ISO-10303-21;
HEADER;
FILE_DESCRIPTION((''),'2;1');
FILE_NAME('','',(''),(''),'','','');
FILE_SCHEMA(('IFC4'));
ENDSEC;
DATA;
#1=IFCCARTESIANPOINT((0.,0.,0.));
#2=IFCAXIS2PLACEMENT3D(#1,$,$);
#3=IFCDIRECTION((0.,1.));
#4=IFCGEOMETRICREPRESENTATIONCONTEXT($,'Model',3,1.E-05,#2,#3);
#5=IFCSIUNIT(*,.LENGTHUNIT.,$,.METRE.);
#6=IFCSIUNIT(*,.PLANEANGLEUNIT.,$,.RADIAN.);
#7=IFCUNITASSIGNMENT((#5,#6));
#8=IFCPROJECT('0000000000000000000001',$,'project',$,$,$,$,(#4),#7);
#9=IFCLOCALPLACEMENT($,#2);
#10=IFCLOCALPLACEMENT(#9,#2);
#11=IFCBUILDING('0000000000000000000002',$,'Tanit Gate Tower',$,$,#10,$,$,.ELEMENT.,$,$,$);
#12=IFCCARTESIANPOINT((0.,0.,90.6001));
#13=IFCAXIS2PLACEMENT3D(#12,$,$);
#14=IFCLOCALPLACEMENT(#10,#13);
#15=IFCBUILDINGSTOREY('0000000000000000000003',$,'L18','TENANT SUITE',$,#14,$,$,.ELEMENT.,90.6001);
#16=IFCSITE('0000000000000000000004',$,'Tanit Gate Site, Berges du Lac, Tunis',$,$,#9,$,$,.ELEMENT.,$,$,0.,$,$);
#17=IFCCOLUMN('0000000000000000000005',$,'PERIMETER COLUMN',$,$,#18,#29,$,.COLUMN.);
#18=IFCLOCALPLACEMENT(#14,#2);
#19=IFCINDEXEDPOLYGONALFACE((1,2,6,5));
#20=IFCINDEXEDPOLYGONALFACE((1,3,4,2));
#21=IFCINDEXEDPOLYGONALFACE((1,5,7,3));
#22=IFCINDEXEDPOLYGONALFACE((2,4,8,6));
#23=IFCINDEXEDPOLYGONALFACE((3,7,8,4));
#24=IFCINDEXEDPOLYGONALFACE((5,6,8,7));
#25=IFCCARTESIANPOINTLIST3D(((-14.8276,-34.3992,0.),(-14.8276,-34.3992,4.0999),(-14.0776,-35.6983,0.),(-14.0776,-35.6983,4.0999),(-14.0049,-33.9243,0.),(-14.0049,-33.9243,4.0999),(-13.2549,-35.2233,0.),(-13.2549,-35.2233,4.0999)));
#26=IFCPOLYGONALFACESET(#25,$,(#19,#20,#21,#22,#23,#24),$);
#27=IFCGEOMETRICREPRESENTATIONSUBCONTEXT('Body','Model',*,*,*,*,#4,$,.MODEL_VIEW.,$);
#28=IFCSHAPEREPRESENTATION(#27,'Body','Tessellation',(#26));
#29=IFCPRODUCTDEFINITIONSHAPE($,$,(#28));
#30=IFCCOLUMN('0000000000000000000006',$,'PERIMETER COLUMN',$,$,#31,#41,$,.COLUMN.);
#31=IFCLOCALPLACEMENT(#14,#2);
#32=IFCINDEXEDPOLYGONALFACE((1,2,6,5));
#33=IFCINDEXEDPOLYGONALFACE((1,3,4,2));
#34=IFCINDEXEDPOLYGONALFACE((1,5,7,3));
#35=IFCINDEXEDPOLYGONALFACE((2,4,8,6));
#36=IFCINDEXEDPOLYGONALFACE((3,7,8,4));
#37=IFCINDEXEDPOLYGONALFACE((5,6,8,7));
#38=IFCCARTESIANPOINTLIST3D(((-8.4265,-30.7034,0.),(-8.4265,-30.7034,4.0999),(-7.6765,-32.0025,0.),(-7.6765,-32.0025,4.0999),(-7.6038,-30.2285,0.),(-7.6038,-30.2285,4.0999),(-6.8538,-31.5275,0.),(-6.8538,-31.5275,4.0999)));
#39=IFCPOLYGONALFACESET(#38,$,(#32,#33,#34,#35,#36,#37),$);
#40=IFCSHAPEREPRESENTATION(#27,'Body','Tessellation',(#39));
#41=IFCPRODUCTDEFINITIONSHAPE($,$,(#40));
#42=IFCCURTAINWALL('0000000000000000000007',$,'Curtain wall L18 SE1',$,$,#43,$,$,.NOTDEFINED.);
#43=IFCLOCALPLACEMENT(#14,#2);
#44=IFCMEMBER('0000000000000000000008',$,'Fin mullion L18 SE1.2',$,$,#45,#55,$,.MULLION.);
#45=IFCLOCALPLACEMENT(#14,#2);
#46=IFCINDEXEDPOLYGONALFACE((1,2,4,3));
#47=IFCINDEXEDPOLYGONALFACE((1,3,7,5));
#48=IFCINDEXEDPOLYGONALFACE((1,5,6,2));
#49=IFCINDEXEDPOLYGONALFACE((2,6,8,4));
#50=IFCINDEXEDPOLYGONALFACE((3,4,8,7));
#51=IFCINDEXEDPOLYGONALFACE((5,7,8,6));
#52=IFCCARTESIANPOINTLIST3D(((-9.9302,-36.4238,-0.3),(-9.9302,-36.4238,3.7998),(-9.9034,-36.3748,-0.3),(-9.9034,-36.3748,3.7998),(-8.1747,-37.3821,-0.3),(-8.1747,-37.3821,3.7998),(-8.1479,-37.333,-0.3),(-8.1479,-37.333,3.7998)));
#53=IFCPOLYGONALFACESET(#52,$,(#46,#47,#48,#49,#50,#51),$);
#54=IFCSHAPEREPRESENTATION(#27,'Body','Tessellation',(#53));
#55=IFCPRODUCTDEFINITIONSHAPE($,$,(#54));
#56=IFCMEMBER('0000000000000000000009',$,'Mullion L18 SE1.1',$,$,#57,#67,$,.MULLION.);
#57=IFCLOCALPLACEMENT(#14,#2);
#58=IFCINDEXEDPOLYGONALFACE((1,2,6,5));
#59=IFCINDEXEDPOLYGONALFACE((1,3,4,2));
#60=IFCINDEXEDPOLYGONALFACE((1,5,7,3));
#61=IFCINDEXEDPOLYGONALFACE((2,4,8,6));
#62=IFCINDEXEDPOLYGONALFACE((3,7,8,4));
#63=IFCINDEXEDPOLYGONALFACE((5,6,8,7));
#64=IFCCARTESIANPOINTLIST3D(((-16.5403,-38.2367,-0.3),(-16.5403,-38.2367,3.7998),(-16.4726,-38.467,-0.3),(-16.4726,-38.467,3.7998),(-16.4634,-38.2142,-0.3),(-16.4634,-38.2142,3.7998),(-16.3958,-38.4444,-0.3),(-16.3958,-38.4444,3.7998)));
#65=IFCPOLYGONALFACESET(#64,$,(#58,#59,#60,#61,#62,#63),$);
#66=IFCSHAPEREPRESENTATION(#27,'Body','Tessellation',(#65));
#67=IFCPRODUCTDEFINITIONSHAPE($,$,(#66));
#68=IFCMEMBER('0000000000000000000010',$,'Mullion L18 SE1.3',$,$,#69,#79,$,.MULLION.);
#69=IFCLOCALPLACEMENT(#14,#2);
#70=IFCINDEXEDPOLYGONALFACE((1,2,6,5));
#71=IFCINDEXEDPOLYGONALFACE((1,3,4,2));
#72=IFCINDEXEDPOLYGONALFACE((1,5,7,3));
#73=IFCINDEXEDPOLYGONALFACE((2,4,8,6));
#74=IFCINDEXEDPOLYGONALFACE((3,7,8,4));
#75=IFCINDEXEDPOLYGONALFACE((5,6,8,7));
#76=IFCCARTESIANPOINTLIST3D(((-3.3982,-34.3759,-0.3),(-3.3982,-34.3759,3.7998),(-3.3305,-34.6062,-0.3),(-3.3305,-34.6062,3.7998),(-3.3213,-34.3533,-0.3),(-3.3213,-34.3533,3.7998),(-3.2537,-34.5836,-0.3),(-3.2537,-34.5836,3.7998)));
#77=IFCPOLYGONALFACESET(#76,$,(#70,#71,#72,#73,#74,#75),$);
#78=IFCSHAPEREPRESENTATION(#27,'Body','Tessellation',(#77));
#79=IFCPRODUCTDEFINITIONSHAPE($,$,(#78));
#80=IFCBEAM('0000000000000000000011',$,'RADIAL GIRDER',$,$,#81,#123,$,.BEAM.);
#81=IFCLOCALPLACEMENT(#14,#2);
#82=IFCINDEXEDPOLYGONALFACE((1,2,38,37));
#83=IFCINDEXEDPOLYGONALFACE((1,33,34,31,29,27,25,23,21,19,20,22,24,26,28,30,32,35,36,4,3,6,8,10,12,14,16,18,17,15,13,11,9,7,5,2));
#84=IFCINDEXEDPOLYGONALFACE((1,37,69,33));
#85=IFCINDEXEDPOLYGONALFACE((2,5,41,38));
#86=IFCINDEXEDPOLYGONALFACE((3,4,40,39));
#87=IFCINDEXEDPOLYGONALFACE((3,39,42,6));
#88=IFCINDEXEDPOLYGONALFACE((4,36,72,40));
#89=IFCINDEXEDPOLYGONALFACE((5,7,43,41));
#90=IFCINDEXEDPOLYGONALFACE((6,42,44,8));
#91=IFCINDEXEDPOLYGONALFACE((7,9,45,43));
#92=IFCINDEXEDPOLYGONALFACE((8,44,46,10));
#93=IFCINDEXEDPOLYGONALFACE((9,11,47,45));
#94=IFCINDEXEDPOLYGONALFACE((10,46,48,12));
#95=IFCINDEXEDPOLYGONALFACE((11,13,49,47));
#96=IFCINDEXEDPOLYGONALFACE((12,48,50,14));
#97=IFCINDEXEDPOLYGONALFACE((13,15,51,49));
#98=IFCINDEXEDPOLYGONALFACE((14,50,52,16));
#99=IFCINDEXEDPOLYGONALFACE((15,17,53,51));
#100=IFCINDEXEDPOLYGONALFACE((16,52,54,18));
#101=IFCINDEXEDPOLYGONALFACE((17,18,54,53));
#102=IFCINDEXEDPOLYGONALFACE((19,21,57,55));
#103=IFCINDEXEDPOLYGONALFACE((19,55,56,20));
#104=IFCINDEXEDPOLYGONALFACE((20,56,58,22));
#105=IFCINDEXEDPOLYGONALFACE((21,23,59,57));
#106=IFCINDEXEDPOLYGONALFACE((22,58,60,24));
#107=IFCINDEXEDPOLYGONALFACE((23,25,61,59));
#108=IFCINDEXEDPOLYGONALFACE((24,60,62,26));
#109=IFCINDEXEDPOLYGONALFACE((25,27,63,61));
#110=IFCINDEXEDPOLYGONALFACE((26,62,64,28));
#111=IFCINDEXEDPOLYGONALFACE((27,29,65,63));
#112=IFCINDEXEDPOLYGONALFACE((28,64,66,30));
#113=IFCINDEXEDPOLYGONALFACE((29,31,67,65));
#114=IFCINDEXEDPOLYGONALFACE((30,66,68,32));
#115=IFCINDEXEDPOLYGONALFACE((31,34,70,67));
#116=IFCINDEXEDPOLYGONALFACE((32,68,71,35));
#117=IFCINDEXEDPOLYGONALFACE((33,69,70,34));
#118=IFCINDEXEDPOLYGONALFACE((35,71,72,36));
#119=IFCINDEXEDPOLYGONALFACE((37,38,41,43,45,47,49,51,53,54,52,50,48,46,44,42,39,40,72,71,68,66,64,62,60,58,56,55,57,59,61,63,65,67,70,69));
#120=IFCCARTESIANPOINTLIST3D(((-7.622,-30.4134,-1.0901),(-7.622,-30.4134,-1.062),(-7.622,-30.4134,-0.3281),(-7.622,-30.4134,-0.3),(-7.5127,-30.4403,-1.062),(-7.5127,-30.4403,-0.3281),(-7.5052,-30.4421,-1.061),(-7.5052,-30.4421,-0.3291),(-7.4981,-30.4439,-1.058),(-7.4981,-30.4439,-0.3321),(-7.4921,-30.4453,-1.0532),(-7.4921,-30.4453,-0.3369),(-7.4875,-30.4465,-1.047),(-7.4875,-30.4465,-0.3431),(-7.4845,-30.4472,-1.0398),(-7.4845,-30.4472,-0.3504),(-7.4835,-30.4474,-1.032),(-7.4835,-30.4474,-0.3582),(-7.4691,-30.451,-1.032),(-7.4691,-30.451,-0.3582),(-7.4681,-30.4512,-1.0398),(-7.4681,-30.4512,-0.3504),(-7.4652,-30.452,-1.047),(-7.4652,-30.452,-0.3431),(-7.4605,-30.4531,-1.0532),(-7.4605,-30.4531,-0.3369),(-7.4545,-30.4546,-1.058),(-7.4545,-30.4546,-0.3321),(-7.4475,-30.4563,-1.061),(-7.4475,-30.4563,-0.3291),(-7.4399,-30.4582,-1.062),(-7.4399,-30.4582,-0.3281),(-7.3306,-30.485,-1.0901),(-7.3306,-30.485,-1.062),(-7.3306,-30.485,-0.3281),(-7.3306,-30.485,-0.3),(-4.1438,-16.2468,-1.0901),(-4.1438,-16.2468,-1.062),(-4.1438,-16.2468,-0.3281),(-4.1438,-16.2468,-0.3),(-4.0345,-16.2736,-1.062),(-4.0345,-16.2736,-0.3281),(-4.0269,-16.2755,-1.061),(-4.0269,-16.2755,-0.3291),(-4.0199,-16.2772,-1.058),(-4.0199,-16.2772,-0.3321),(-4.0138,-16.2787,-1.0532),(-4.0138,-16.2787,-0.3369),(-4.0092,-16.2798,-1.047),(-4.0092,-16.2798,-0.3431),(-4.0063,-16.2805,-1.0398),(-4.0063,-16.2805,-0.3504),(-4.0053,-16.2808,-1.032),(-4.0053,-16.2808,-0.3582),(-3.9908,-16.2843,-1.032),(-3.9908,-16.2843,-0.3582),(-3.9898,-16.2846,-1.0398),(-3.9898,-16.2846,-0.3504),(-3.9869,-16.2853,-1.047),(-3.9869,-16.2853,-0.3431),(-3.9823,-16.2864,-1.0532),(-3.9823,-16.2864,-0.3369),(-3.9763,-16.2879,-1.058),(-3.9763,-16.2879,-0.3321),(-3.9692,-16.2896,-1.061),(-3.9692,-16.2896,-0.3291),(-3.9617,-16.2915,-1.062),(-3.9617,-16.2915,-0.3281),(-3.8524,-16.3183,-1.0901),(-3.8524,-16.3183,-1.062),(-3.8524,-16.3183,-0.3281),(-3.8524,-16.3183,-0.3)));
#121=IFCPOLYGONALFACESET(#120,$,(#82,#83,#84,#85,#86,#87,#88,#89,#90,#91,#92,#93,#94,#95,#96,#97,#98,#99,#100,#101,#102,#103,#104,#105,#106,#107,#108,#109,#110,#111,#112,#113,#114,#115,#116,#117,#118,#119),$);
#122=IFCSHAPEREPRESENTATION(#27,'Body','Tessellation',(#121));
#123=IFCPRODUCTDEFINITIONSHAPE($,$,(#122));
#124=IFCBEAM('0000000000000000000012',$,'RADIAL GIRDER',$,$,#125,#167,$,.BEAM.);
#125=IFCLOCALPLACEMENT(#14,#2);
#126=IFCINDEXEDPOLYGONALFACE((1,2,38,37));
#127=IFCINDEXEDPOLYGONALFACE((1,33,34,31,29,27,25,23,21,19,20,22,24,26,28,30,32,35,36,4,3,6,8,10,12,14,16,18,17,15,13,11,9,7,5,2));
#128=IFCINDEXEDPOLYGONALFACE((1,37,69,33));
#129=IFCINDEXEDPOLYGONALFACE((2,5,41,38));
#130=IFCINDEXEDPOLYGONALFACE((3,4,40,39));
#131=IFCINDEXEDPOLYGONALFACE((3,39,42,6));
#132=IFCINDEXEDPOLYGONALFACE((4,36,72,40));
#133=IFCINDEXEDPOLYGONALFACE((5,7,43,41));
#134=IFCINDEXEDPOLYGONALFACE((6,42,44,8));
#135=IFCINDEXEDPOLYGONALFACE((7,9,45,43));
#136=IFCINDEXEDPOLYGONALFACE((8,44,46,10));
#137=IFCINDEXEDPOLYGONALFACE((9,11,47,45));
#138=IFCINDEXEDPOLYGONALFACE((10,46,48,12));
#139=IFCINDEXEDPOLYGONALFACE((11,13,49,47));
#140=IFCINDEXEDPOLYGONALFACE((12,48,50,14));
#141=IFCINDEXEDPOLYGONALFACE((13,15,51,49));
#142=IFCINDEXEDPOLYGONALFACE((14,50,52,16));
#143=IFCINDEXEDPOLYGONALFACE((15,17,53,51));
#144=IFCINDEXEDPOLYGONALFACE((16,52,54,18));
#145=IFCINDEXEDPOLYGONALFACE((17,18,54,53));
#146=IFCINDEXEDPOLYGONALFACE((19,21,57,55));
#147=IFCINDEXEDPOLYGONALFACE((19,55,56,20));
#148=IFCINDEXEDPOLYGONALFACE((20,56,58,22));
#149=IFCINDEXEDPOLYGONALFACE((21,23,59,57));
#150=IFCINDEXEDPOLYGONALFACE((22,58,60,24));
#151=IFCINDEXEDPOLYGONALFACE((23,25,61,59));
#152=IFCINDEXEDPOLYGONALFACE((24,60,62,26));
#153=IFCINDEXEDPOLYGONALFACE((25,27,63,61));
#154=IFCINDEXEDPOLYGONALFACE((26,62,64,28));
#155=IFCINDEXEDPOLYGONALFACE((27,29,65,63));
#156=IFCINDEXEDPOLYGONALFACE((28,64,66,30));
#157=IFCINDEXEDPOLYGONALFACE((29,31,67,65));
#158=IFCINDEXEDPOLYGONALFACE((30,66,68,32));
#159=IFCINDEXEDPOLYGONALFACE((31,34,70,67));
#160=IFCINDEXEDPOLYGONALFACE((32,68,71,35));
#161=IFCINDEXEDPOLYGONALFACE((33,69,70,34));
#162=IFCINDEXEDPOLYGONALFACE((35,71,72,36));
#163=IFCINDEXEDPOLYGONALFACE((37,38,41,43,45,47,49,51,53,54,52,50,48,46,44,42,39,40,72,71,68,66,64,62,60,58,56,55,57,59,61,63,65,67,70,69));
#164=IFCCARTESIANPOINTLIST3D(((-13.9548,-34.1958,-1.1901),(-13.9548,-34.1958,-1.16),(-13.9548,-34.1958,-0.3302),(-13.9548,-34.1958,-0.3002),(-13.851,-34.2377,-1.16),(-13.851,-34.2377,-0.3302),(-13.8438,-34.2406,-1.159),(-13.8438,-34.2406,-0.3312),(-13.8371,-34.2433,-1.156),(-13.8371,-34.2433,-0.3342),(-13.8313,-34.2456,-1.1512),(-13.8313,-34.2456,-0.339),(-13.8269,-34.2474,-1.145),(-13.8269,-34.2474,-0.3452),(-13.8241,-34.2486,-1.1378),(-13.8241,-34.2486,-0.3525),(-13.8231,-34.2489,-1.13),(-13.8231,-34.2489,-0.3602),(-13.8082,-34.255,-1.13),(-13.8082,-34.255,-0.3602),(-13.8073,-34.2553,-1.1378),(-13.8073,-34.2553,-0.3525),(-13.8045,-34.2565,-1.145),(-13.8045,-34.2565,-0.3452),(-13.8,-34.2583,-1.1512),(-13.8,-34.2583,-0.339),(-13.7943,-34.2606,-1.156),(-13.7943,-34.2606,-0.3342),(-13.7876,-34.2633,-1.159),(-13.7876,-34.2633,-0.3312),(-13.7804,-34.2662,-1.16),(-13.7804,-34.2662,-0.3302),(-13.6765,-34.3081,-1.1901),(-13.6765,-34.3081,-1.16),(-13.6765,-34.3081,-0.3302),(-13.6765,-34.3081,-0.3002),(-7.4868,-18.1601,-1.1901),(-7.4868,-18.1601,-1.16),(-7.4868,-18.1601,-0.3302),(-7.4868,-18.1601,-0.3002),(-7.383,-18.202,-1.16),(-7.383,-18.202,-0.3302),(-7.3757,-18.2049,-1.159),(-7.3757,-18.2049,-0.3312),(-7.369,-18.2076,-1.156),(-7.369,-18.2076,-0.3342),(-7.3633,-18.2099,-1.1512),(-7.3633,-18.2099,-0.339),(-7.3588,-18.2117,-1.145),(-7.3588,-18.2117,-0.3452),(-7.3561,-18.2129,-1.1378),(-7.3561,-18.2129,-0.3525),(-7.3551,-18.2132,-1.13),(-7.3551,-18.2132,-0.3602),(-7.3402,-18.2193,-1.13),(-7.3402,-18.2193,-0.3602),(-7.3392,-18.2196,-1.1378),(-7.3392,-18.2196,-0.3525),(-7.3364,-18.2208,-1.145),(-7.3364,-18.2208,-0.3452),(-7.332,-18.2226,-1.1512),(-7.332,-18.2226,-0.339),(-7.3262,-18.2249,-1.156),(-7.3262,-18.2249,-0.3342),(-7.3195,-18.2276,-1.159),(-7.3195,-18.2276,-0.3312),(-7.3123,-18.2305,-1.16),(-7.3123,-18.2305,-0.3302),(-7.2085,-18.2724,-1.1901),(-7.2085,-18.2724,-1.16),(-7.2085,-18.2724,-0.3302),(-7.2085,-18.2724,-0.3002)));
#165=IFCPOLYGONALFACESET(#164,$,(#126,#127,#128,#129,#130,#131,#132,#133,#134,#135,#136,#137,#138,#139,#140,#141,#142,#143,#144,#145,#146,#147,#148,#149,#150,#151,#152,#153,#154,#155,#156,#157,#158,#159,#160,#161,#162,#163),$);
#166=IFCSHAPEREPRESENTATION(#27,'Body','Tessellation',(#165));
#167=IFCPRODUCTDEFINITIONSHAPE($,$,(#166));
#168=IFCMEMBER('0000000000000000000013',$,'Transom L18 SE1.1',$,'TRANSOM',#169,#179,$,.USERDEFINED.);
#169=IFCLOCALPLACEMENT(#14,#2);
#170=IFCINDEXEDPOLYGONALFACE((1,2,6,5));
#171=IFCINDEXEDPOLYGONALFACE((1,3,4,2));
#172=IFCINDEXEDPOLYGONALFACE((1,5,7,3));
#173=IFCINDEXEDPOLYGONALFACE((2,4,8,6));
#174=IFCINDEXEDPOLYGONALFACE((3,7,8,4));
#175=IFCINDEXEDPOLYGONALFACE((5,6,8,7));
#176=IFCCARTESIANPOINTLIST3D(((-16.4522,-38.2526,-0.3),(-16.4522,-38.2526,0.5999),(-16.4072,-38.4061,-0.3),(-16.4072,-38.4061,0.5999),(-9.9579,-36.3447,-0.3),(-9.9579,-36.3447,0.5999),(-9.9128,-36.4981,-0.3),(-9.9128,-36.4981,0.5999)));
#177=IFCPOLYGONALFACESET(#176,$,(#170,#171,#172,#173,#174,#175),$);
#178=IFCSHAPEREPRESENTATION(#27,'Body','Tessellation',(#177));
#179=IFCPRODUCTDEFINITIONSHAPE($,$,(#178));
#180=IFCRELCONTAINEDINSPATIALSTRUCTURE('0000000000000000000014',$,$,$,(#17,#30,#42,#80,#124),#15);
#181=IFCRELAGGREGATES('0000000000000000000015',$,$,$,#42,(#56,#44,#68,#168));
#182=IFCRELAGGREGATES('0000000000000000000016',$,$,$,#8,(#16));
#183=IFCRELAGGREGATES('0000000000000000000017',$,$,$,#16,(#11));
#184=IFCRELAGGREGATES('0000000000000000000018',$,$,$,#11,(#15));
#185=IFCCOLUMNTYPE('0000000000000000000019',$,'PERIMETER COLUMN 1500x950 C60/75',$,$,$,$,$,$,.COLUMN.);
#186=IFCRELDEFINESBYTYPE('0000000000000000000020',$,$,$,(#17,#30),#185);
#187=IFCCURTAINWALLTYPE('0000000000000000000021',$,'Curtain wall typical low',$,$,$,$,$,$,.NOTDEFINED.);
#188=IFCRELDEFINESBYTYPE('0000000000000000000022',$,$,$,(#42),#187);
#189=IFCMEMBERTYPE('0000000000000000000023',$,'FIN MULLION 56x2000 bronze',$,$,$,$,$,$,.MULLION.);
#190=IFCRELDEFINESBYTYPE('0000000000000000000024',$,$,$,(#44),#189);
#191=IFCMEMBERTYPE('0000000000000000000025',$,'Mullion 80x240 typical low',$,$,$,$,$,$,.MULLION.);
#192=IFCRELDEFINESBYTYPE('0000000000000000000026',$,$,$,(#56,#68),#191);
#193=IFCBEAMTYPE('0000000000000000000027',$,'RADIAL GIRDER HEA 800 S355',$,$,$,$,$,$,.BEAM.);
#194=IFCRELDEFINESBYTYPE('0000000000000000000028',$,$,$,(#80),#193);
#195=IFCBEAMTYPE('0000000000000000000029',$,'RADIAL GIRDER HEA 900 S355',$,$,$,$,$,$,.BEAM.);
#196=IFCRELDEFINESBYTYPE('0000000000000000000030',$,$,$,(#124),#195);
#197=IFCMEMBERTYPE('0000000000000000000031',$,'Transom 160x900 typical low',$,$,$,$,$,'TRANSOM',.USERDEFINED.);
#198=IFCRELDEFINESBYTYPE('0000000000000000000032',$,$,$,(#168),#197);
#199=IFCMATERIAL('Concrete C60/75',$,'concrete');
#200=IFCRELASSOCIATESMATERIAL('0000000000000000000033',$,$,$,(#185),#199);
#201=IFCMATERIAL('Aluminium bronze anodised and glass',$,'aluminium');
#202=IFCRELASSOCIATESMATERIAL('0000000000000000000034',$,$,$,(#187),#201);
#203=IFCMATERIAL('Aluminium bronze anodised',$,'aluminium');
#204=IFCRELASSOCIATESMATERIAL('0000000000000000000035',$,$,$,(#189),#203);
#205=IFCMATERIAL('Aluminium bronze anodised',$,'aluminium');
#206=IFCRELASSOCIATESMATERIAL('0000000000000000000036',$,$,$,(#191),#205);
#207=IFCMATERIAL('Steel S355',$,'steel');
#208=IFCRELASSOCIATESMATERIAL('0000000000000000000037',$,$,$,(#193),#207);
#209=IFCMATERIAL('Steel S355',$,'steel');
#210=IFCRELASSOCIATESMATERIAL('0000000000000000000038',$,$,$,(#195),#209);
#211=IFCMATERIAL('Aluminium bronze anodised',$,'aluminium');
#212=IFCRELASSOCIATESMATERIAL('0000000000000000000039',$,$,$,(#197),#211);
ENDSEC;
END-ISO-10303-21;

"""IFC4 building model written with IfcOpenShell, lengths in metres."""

from ifc_helpers import new_model, si_unit, direction, frame, origin, origin_2d, place, context, subcontext, project, spatial, rectangle, i_section, extrude, material, material_profile, profile_set, type_object, element, aggregate, save


model = new_model("IFC4")

# Units and contexts
model_context = context("Model", 3, precision=1e-05, world=origin(), true_north=direction((0.0, 1.0)))
body_context = subcontext(model_context, "Body", "Model", "MODEL_VIEW")
ifc_project = project(units=[si_unit("LENGTHUNIT", "METRE"), si_unit("PLANEANGLEUNIT", "RADIAN")], contexts=[model_context])

# Site, building, storey
site_placement = place(None, origin())
site = spatial("IfcSite", under=ifc_project, at=site_placement, Name="Tanit Gate Site, Berges du Lac, Tunis", CompositionType="ELEMENT", RefElevation=0.0)
building_placement = place(site_placement, origin())
building = spatial("IfcBuilding", under=site, at=building_placement, Name="Tanit Gate Tower", CompositionType="ELEMENT")
storey_placement = place(building_placement, frame((0.0, 0.0, 90.6001)))
storey = spatial("IfcBuildingStorey", under=building, at=storey_placement, Name="L18", Description="TENANT SUITE", CompositionType="ELEMENT", Elevation=90.6001)

# Columns
ifc_material_1 = material(Name="Concrete C60/75", Category="concrete")
ifc_material_profile_1 = material_profile(ifc_material_1, rectangle(XDim=1.5, YDim=0.95, at=origin_2d()), Name="RC 1500x950")
ifc_profile_set_1 = profile_set([ifc_material_profile_1], Name="Concrete C60/75")
column_type = type_object("IfcColumnType", Name="PERIMETER COLUMN 1500x950 C60/75", PredefinedType="COLUMN", material=ifc_profile_set_1)
for number, where, z_axis, x_axis, name in (
    (1, (-14.0413, -34.8113, 0.0), (0.0, 0.0, 1.0), (0.5, -0.866025, 0.0), "PERIMETER COLUMN"),
    (2, (-7.6401, -31.1155, 0.0), (0.0, 0.0, 1.0), (0.5, -0.866025, 0.0), "PERIMETER COLUMN"),
):
    element("IfcColumn", number, at=place(storey_placement, frame(where, z_axis=z_axis, x_axis=x_axis)), inside=storey, type_object=column_type, Name=name, PredefinedType="COLUMN", context=body_context, shape_type="SweptSolid", body=[
        extrude(rectangle(XDim=1.5, YDim=0.95, at=origin_2d()), origin(), (0.0, 0.0, 1.0), 4.0999),
    ])

# Curtain wall, members
ifc_material_2 = material(Name="Aluminium bronze anodised and glass", Category="aluminium")
curtain_wall_type = type_object("IfcCurtainWallType", Name="Curtain wall typical low", PredefinedType="NOTDEFINED", material=ifc_material_2)
curtain_wall_1_placement = place(storey_placement, origin())
curtain_wall_1 = element("IfcCurtainWall", 3, at=curtain_wall_1_placement, inside=storey, type_object=curtain_wall_type, Name="Curtain wall L18 SE1", PredefinedType="NOTDEFINED")
ifc_material_3 = material(Name="Aluminium bronze anodised", Category="aluminium")
ifc_material_profile_2 = material_profile(ifc_material_3, rectangle(XDim=2.0, YDim=0.0559, at=origin_2d()), Name="56x2000 bronze fin mullion")
ifc_profile_set_2 = profile_set([ifc_material_profile_2], Name="Aluminium bronze anodised")
member_type_1 = type_object("IfcMemberType", Name="FIN MULLION 56x2000 bronze", PredefinedType="MULLION", material=ifc_profile_set_2)
member_1_placement = place(storey_placement, frame((-9.0391, -36.8784, -0.3), z_axis=(0.0, 0.0, 1.0), x_axis=(-0.877748, 0.479122, 0.0)))
member_1 = element("IfcMember", 4, at=member_1_placement, type_object=member_type_1, Name="Fin mullion L18 SE1.2", PredefinedType="MULLION", context=body_context, shape_type="SweptSolid", body=[
    extrude(rectangle(XDim=2.0, YDim=0.0559, at=origin_2d()), origin(), (0.0, 0.0, 1.0), 4.0999),
])
ifc_material_4 = material(Name="Aluminium bronze anodised", Category="aluminium")
ifc_material_profile_3 = material_profile(ifc_material_4, rectangle(XDim=0.24, YDim=0.0801, at=origin_2d()), Name="80x240 bronze mullion")
ifc_profile_set_3 = profile_set([ifc_material_profile_3], Name="Aluminium bronze anodised")
member_type_2 = type_object("IfcMemberType", Name="Mullion 80x240 typical low", PredefinedType="MULLION", material=ifc_profile_set_3)
member_2_placement = place(storey_placement, frame((-16.468, -38.3406, -0.3), z_axis=(0.0, 0.0, 1.0), x_axis=(-0.281871, 0.959452, 0.0)))
member_2 = element("IfcMember", 5, at=member_2_placement, type_object=member_type_2, Name="Mullion L18 SE1.1", PredefinedType="MULLION", context=body_context, shape_type="SweptSolid", body=[
    extrude(rectangle(XDim=0.24, YDim=0.0801, at=origin_2d()), origin(), (0.0, 0.0, 1.0), 4.0999),
])
member_3_placement = place(storey_placement, frame((-3.3259, -34.4797, -0.3), z_axis=(0.0, 0.0, 1.0), x_axis=(-0.281871, 0.959452, 0.0)))
member_3 = element("IfcMember", 6, at=member_3_placement, type_object=member_type_2, Name="Mullion L18 SE1.3", PredefinedType="MULLION", context=body_context, shape_type="SweptSolid", body=[
    extrude(rectangle(XDim=0.24, YDim=0.0801, at=origin_2d()), origin(), (0.0, 0.0, 1.0), 4.0999),
])

# Beams
ifc_material_5 = material(Name="Steel S355", Category="steel")
ifc_material_profile_4 = material_profile(ifc_material_5, i_section(OverallWidth=0.3, OverallDepth=0.79, WebThickness=0.0149, FlangeThickness=0.0281, FilletRadius=0.03, at=origin_2d()), Name="HEA 800")
ifc_profile_set_4 = profile_set([ifc_material_profile_4], Name="Steel S355")
beam_type_1 = type_object("IfcBeamType", Name="RADIAL GIRDER HEA 800 S355", PredefinedType="BEAM", material=ifc_profile_set_4)
beam_1_placement = place(storey_placement, frame((-7.4763, -30.4492, -0.6951), z_axis=(0.238442, 0.971157, 0.0), x_axis=(-0.971157, 0.238442, 0.0)))
element("IfcBeam", 7, at=beam_1_placement, inside=storey, type_object=beam_type_1, Name="RADIAL GIRDER", PredefinedType="BEAM", context=body_context, shape_type="SweptSolid", body=[
    extrude(i_section(OverallWidth=0.3, OverallDepth=0.79, WebThickness=0.0149, FlangeThickness=0.0281, FilletRadius=0.03, at=origin_2d()), origin(), (0.0, 0.0, 1.0), 14.5874),
])
ifc_material_6 = material(Name="Steel S355", Category="steel")
ifc_material_profile_5 = material_profile(ifc_material_6, i_section(OverallWidth=0.3, OverallDepth=0.8899, WebThickness=0.0161, FlangeThickness=0.03, FilletRadius=0.03, at=origin_2d()), Name="HEA 900")
ifc_profile_set_5 = profile_set([ifc_material_profile_5], Name="Steel S355")
beam_type_2 = type_object("IfcBeamType", Name="RADIAL GIRDER HEA 900 S355", PredefinedType="BEAM", material=ifc_profile_set_5)
beam_2_placement = place(storey_placement, frame((-13.8157, -34.252, -0.7451), z_axis=(0.374069, 0.927401, 0.0), x_axis=(-0.927401, 0.374069, 0.0)))
element("IfcBeam", 8, at=beam_2_placement, inside=storey, type_object=beam_type_2, Name="RADIAL GIRDER", PredefinedType="BEAM", context=body_context, shape_type="SweptSolid", body=[
    extrude(i_section(OverallWidth=0.3, OverallDepth=0.8899, WebThickness=0.0161, FlangeThickness=0.03, FilletRadius=0.03, at=origin_2d()), origin(), (0.0, 0.0, 1.0), 17.291),
])

# Member
ifc_material_7 = material(Name="Aluminium bronze anodised", Category="aluminium")
ifc_material_profile_6 = material_profile(ifc_material_7, rectangle(XDim=0.1599, YDim=0.8999, at=origin_2d()), Name="160x900 bronze transom")
ifc_profile_set_6 = profile_set([ifc_material_profile_6], Name="Aluminium bronze anodised")
member_type_3 = type_object("IfcMemberType", Name="Transom 160x900 typical low", ElementType="TRANSOM", PredefinedType="USERDEFINED", material=ifc_profile_set_6)
member_4_placement = place(storey_placement, frame((-16.4297, -38.3293, 0.1499), z_axis=(0.959452, 0.281873, 0.0), x_axis=(-0.281873, 0.959452, 0.0)))
member_4 = element("IfcMember", 9, at=member_4_placement, type_object=member_type_3, Name="Transom L18 SE1.1", ObjectType="TRANSOM", PredefinedType="USERDEFINED", context=body_context, shape_type="SweptSolid", body=[
    extrude(rectangle(XDim=0.1599, YDim=0.8999, at=origin_2d()), origin(), (0.0, 0.0, 1.0), 6.7688),
])

aggregate(curtain_wall_1, [member_2, member_1, member_3, member_4])

save(model, "model.ifc")
